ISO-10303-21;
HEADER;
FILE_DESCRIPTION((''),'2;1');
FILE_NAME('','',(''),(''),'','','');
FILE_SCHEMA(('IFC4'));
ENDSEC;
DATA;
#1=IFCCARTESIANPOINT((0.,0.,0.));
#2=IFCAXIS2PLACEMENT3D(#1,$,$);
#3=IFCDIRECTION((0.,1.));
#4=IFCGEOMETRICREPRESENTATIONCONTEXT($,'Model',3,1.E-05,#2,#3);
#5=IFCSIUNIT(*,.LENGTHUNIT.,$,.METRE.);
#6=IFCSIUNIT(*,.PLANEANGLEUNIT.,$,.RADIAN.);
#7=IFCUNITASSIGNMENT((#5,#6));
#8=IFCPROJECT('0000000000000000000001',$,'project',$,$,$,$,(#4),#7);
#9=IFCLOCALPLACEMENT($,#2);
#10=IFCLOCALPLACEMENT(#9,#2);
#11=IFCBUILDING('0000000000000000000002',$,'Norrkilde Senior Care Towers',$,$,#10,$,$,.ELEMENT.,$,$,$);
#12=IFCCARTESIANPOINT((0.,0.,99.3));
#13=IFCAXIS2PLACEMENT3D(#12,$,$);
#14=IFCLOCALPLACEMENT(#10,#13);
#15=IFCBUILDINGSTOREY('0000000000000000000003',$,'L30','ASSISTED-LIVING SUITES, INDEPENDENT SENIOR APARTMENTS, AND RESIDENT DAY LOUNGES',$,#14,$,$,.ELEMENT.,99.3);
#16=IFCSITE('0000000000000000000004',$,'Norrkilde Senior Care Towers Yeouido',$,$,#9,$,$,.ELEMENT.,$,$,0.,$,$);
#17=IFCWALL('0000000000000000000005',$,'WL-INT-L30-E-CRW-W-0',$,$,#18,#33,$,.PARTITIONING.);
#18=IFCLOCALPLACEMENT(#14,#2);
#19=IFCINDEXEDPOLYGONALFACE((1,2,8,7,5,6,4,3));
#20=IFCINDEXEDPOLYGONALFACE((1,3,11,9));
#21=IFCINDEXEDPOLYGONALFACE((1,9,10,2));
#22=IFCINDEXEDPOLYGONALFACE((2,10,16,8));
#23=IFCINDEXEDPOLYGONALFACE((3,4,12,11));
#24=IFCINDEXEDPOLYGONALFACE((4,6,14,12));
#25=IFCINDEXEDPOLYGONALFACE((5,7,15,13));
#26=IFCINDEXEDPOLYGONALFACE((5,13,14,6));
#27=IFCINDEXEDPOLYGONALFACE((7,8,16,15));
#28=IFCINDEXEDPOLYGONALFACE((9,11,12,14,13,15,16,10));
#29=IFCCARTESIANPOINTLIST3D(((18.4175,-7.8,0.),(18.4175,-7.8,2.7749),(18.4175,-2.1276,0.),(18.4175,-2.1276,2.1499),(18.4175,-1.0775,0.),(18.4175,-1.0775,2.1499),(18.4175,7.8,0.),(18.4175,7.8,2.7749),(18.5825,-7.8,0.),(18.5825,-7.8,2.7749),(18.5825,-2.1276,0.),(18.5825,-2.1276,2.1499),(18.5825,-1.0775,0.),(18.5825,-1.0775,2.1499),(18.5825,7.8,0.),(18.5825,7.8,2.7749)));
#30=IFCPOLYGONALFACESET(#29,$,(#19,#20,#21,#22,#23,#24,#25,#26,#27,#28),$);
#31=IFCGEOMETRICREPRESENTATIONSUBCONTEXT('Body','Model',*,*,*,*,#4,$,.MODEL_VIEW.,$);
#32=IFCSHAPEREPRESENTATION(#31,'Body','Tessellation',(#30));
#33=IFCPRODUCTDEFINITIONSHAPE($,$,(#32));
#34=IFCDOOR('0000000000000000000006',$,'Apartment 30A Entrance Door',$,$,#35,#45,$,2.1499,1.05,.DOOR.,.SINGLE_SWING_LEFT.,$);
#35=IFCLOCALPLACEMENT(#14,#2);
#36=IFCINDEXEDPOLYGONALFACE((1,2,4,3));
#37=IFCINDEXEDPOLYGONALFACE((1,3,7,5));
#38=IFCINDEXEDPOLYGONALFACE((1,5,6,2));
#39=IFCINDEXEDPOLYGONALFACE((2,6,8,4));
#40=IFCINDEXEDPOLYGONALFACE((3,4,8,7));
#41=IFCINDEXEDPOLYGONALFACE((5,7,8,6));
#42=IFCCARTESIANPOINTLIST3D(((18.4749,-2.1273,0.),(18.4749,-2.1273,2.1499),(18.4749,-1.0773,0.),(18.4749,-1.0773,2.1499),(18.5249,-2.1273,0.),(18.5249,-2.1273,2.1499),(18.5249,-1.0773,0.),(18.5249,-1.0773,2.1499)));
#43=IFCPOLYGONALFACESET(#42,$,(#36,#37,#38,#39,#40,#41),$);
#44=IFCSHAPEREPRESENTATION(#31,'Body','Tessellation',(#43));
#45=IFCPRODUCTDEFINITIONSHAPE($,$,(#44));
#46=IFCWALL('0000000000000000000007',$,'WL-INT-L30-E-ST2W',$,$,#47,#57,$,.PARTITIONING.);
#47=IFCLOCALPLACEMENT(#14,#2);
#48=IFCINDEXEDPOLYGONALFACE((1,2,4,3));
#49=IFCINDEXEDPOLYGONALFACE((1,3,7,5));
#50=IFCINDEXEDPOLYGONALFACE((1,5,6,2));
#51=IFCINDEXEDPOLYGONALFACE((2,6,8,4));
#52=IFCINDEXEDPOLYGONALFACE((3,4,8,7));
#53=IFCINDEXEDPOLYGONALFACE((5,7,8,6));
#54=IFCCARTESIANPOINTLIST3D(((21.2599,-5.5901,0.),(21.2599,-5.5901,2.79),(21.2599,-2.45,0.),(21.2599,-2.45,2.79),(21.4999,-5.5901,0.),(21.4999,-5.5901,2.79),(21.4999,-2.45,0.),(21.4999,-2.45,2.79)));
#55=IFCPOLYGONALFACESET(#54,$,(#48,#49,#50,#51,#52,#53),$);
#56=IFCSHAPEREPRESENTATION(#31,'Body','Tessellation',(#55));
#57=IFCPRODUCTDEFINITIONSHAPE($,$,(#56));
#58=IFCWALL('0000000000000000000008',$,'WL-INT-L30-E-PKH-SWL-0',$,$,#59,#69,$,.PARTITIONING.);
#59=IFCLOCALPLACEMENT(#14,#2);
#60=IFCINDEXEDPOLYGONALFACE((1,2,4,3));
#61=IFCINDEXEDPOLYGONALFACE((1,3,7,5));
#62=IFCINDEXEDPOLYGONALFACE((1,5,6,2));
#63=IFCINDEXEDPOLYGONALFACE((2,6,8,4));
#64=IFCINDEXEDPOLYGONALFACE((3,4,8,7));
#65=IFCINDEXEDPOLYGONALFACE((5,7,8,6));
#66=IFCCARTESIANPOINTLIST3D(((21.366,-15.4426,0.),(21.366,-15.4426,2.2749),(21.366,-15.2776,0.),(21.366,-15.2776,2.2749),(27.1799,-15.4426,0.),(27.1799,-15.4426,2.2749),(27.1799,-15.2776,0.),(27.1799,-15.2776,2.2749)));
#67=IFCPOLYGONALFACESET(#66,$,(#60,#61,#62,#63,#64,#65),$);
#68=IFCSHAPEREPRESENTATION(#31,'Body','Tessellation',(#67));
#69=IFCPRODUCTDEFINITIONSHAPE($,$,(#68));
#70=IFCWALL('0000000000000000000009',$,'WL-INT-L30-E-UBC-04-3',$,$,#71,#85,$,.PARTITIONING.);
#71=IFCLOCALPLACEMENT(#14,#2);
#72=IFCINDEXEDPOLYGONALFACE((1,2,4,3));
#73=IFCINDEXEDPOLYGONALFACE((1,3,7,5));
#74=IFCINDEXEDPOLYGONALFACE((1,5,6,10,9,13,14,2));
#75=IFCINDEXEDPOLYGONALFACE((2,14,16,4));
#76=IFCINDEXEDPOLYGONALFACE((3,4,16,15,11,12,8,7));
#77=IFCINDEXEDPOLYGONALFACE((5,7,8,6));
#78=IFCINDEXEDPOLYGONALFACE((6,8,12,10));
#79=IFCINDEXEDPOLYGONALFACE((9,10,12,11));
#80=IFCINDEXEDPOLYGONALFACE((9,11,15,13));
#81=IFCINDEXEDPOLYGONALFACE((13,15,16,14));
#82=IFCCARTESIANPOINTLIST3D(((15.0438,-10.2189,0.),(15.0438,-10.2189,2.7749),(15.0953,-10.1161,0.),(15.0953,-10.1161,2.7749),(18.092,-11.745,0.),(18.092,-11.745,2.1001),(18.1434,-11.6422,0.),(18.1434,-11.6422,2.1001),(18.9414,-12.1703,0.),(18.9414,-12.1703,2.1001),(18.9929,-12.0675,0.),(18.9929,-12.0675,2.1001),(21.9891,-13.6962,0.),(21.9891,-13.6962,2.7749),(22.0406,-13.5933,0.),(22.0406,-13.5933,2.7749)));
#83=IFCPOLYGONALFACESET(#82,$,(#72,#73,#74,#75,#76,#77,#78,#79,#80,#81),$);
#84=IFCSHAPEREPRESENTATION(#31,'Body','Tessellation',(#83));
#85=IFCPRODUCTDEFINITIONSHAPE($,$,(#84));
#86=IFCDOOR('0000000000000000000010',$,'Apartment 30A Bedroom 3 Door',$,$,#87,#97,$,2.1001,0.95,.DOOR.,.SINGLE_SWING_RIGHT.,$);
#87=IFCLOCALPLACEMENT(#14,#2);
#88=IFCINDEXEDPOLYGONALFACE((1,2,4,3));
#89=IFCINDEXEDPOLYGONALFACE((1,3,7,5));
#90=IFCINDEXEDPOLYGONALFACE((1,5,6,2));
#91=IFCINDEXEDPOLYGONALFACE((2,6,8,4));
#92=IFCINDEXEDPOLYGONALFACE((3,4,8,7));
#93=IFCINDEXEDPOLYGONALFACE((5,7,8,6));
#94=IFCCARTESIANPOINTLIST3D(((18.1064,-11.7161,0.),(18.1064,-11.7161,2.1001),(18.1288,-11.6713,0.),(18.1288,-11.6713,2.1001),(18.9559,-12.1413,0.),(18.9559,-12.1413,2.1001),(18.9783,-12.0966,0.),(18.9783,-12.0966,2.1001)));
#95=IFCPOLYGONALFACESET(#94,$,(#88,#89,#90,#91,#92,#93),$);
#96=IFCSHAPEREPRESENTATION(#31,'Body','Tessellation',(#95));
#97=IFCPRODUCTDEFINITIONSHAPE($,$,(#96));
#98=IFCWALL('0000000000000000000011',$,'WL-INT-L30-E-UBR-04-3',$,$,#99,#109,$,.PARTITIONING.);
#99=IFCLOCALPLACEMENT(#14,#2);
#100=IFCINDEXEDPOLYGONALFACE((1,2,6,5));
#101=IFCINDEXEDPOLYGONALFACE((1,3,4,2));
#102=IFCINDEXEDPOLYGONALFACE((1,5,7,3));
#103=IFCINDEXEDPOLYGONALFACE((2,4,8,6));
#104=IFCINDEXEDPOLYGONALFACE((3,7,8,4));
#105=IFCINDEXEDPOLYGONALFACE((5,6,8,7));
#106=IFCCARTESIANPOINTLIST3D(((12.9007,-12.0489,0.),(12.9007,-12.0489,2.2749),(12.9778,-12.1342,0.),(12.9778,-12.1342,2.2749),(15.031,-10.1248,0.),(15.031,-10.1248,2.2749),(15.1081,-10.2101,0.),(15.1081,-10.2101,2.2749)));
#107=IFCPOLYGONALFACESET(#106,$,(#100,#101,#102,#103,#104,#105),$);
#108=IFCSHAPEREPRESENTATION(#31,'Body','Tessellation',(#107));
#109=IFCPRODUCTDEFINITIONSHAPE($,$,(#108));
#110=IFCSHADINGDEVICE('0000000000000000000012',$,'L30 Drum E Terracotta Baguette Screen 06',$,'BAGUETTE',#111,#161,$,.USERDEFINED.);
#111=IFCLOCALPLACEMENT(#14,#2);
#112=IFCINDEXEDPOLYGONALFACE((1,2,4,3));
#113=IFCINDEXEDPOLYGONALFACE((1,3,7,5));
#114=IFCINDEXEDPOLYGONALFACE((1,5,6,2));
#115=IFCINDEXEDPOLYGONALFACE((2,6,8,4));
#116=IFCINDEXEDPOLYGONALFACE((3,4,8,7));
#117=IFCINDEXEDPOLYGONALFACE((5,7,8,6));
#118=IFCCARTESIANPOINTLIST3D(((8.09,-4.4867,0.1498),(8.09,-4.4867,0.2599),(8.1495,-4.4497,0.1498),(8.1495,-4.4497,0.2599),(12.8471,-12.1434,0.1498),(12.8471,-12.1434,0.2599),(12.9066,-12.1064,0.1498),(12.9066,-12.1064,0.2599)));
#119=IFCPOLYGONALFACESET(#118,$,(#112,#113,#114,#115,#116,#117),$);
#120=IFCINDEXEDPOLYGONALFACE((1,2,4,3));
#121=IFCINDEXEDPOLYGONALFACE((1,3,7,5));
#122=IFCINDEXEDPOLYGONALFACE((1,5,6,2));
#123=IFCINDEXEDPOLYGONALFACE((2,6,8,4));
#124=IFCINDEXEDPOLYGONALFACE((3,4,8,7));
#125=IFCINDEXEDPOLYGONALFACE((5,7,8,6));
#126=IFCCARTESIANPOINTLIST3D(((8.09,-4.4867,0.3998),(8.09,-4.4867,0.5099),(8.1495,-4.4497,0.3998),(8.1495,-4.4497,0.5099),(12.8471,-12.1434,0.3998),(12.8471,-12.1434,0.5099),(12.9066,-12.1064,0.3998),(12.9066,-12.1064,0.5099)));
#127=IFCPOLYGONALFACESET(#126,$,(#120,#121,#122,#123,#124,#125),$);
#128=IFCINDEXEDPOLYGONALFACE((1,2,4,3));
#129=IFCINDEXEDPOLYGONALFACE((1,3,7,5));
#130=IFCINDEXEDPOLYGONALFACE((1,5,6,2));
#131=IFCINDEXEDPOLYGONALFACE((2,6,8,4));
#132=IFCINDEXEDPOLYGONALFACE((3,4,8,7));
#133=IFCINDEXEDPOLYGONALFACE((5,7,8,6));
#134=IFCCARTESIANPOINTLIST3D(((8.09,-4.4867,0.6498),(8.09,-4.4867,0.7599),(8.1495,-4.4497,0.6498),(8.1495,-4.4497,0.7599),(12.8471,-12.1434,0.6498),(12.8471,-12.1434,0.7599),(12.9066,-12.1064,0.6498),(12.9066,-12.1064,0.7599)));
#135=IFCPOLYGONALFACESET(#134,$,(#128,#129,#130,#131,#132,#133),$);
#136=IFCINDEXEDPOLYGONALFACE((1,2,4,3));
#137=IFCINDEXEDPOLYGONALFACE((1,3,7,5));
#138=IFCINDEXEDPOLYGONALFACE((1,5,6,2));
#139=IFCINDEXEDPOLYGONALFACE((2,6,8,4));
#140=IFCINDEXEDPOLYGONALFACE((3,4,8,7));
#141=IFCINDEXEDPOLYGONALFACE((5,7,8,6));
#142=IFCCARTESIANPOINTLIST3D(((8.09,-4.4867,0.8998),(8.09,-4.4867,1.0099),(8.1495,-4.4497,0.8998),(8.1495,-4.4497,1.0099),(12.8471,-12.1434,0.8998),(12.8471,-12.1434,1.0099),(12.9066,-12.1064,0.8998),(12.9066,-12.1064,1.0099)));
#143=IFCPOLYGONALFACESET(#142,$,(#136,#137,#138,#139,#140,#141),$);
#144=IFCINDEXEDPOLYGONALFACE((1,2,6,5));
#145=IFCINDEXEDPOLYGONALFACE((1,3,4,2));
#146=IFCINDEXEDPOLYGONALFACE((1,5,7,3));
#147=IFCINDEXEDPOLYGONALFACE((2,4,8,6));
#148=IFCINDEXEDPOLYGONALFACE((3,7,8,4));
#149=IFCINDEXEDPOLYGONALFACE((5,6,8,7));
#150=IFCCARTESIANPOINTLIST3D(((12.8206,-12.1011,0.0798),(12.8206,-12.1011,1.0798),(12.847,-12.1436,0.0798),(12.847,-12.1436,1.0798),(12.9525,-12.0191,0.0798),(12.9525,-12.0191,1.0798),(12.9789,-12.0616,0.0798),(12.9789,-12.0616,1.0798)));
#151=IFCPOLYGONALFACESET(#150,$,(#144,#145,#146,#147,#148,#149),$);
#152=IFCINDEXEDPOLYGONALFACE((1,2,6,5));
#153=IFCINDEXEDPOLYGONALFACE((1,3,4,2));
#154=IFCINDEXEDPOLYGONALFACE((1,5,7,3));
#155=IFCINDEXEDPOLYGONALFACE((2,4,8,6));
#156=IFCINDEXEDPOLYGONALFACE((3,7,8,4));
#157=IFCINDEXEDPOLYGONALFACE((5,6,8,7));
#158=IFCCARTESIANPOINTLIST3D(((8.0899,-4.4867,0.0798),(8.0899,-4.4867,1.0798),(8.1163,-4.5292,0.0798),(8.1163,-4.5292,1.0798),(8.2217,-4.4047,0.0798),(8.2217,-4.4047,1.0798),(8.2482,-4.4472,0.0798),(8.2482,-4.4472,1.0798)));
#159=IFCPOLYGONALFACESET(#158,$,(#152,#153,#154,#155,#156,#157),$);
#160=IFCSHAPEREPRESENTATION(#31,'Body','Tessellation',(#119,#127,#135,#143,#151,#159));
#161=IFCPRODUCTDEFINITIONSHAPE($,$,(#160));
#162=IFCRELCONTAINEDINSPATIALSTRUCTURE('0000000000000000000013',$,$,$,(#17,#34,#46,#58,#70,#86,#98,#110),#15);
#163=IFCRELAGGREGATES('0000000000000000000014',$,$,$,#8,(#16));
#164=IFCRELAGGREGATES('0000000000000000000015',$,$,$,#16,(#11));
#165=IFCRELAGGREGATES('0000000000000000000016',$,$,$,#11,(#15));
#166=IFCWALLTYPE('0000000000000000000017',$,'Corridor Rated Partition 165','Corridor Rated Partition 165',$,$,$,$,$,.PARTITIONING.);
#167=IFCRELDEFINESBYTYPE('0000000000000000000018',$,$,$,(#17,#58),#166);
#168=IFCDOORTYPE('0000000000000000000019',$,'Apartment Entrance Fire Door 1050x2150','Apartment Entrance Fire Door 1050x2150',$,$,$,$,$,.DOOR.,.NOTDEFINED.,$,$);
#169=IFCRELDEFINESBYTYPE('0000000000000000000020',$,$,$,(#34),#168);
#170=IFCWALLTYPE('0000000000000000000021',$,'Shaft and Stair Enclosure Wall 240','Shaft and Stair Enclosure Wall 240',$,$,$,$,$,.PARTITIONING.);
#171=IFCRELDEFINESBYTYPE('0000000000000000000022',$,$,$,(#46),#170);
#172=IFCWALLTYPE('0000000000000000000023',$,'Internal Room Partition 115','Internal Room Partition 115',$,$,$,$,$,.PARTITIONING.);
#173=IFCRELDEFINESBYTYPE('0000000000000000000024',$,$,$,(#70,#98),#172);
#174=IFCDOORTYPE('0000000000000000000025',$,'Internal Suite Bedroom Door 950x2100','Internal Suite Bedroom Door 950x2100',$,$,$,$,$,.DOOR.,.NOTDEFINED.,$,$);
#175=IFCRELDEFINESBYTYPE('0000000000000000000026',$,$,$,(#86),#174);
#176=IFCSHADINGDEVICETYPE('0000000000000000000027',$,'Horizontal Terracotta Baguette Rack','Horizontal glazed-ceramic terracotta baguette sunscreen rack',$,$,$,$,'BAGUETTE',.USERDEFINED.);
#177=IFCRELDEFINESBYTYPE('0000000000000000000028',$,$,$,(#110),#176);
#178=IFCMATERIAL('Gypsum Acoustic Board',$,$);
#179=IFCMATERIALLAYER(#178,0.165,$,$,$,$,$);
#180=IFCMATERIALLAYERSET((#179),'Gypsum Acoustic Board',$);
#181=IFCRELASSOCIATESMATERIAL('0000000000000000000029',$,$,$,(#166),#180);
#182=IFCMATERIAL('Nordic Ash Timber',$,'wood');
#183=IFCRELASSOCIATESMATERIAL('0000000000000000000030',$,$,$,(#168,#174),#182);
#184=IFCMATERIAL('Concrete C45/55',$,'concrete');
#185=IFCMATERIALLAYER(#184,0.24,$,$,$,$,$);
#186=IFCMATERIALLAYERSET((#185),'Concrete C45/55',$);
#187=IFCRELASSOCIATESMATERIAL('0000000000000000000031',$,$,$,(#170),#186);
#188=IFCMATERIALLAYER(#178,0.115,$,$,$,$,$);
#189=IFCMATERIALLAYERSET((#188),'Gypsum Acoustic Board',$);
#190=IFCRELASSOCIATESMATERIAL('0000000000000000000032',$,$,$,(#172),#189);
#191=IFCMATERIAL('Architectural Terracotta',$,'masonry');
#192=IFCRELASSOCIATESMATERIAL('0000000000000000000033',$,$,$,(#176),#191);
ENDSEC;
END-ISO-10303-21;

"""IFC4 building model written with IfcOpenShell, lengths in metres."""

from ifc_helpers import new_model, si_unit, direction, frame, frame_2d, origin, origin_2d, place, context, subcontext, project, spatial, rectangle, extrude, source, transform, mapped, material, layer, layer_set, type_object, type_shapes, element, fill, save


model = new_model("IFC4")

# Units and contexts
model_context = context("Model", 3, precision=1e-05, world=origin(), true_north=direction((0.0, 1.0)))
body_context = subcontext(model_context, "Body", "Model", "MODEL_VIEW")
ifc_project = project(units=[si_unit("LENGTHUNIT", "METRE"), si_unit("PLANEANGLEUNIT", "RADIAN")], contexts=[model_context])

# Site, building, storey
site_placement = place(None, origin())
site = spatial("IfcSite", under=ifc_project, at=site_placement, Name="Norrkilde Senior Care Towers Yeouido", CompositionType="ELEMENT", RefElevation=0.0)
building_placement = place(site_placement, origin())
building = spatial("IfcBuilding", under=site, at=building_placement, Name="Norrkilde Senior Care Towers", CompositionType="ELEMENT")
storey_placement = place(building_placement, frame((0.0, 0.0, 99.3)))
storey = spatial("IfcBuildingStorey", under=building, at=storey_placement, Name="L30", Description="ASSISTED-LIVING SUITES, INDEPENDENT SENIOR APARTMENTS, AND RESIDENT DAY LOUNGES", CompositionType="ELEMENT", Elevation=99.3)

# Shared definitions
ifc_material_1 = material(Name="Concrete C45/55", Category="concrete")

# Wall, opening, door
ifc_material_2 = material(Name="Gypsum Acoustic Board")
ifc_layer_1 = layer(ifc_material_2, 0.165)
ifc_layer_set_1 = layer_set([ifc_layer_1], Name="Gypsum Acoustic Board")
wall_type_1 = type_object("IfcWallType", Name="Corridor Rated Partition 165", Description="Corridor Rated Partition 165", PredefinedType="PARTITIONING", material=ifc_layer_set_1)
shared_shape_1 = source(origin(), body_context, "Body", "SweptSolid", [
    extrude(rectangle(XDim=15.6001, YDim=0.165, at=frame_2d((7.8, 0.0))), origin(), (0.0, 0.0, 1.0), 2.7749),
])
wall_1_placement = place(storey_placement, frame((18.5, -7.8, 0.0), z_axis=(0.0, 0.0, 1.0), x_axis=(0.0, 1.0, 0.0)))
wall_1 = element("IfcWall", 1, at=wall_1_placement, inside=storey, type_object=wall_type_1, Name="WL-INT-L30-E-CRW-W-0", PredefinedType="PARTITIONING", context=body_context, shape_type="MappedRepresentation", body=[
    mapped(shared_shape_1, transform((0.0, 0.0, 0.0), x_axis=(1.0, 0.0, 0.0), y_axis=(0.0, 1.0, 0.0), z_axis=(0.0, 0.0, 1.0), scale=1.0)),
])
opening_1_placement = place(wall_1_placement, frame((5.6726, 0.0, 0.0)))
opening_1 = element("IfcOpeningElement", 2, at=opening_1_placement, cuts=wall_1, PredefinedType="OPENING", context=body_context, shape_type="SweptSolid", body=[
    extrude(rectangle(XDim=1.05, YDim=2.1499, at=frame_2d((0.5249, 1.075))), frame((0.0, 0.0925, 0.0), z_axis=(0.0, -1.0, 0.0), x_axis=(1.0, 0.0, 0.0)), (0.0, 0.0, 1.0), 0.1851),
])
ifc_material_3 = material(Name="Nordic Ash Timber", Category="wood")
door_type_1 = type_object("IfcDoorType", Name="Apartment Entrance Fire Door 1050x2150", Description="Apartment Entrance Fire Door 1050x2150", OperationType="NOTDEFINED", PredefinedType="DOOR", material=ifc_material_3)
shared_shape_2 = source(origin(), body_context, "Body", "SweptSolid", [
    extrude(rectangle(XDim=1.05, YDim=2.1499, at=frame_2d((0.5249, 1.075))), frame((0.0, 0.0249, 0.0), z_axis=(0.0, -1.0, 0.0), x_axis=(1.0, 0.0, 0.0)), (0.0, 0.0, 1.0), 0.05),
])
type_shapes(door_type_1, [shared_shape_2])
door_1_placement = place(opening_1_placement, frame((1.05, 0.0, 0.0), z_axis=(0.0, 0.0, 1.0), x_axis=(-1.0, 0.0, 0.0)))
door_1 = element("IfcDoor", 3, at=door_1_placement, inside=storey, type_object=door_type_1, Name="Apartment 30A Entrance Door", OperationType="SINGLE_SWING_LEFT", OverallHeight=2.1499, OverallWidth=1.05, PredefinedType="DOOR", context=body_context, shape_type="MappedRepresentation", body=[
    mapped(shared_shape_2, transform((0.0, 0.0, 0.0), x_axis=(1.0, 0.0, 0.0), y_axis=(0.0, 1.0, 0.0), z_axis=(0.0, 0.0, 1.0), scale=1.0)),
])
fill(opening_1, door_1)
ifc_layer_2 = layer(ifc_material_1, 0.24)
ifc_layer_set_2 = layer_set([ifc_layer_2], Name="Concrete C45/55")
wall_type_2 = type_object("IfcWallType", Name="Shaft and Stair Enclosure Wall 240", Description="Shaft and Stair Enclosure Wall 240", PredefinedType="PARTITIONING", material=ifc_layer_set_2)

# Walls
shared_shape_3 = source(origin(), body_context, "Body", "SweptSolid", [
    extrude(rectangle(XDim=3.1401, YDim=0.24, at=frame_2d((1.5701, 0.0))), origin(), (0.0, 0.0, 1.0), 2.79),
])
wall_2_placement = place(storey_placement, frame((21.3799, -5.5901, 0.0), z_axis=(0.0, 0.0, 1.0), x_axis=(0.0, 1.0, 0.0)))
element("IfcWall", 4, at=wall_2_placement, inside=storey, type_object=wall_type_2, Name="WL-INT-L30-E-ST2W", PredefinedType="PARTITIONING", context=body_context, shape_type="MappedRepresentation", body=[
    mapped(shared_shape_3, transform((0.0, 0.0, 0.0), x_axis=(1.0, 0.0, 0.0), y_axis=(0.0, 1.0, 0.0), z_axis=(0.0, 0.0, 1.0), scale=1.0)),
])
shared_shape_4 = source(origin(), body_context, "Body", "SweptSolid", [
    extrude(rectangle(XDim=5.814, YDim=0.165, at=frame_2d((2.907, 0.0))), origin(), (0.0, 0.0, 1.0), 2.2749),
])
type_shapes(wall_type_1, [shared_shape_1, shared_shape_4])
wall_3_placement = place(storey_placement, frame((21.366, -15.3601, 0.0), z_axis=(0.0, 0.0, 1.0), x_axis=(1.0, 0.0, 0.0)))
element("IfcWall", 5, at=wall_3_placement, inside=storey, type_object=wall_type_1, Name="WL-INT-L30-E-PKH-SWL-0", PredefinedType="PARTITIONING", context=body_context, shape_type="MappedRepresentation", body=[
    mapped(shared_shape_4, transform((0.0, 0.0, 0.0), x_axis=(1.0, 0.0, 0.0), y_axis=(0.0, 1.0, 0.0), z_axis=(0.0, 0.0, 1.0), scale=1.0)),
])

# Wall, opening, door
ifc_layer_3 = layer(ifc_material_2, 0.115)
ifc_layer_set_3 = layer_set([ifc_layer_3], Name="Gypsum Acoustic Board")
wall_type_3 = type_object("IfcWallType", Name="Internal Room Partition 115", Description="Internal Room Partition 115", PredefinedType="PARTITIONING", material=ifc_layer_set_3)
shared_shape_5 = source(origin(), body_context, "Body", "SweptSolid", [
    extrude(rectangle(XDim=7.7671, YDim=0.115, at=frame_2d((3.8835, 0.0))), origin(), (0.0, 0.0, 1.0), 2.7749),
])
wall_4_placement = place(storey_placement, frame((15.0696, -10.1675, 0.0), z_axis=(0.0, 0.0, 1.0), x_axis=(0.894188, -0.447691, 0.0)))
wall_4 = element("IfcWall", 6, at=wall_4_placement, inside=storey, type_object=wall_type_3, Name="WL-INT-L30-E-UBC-04-3", PredefinedType="PARTITIONING", context=body_context, shape_type="MappedRepresentation", body=[
    mapped(shared_shape_5, transform((0.0, 0.0, 0.0), x_axis=(1.0, 0.0, 0.0), y_axis=(0.0, 1.0, 0.0), z_axis=(0.0, 0.0, 1.0), scale=1.0)),
])
opening_2_placement = place(wall_4_placement, frame((3.4087, 0.0, 0.0)))
opening_2 = element("IfcOpeningElement", 7, at=opening_2_placement, cuts=wall_4, PredefinedType="OPENING", context=body_context, shape_type="SweptSolid", body=[
    extrude(rectangle(XDim=0.95, YDim=2.1001, at=frame_2d((0.4751, 1.05))), frame((0.0, 0.0674, 0.0), z_axis=(0.0, -1.0, 0.0), x_axis=(1.0, 0.0, 0.0)), (0.0, 0.0, 1.0), 0.135),
])
door_type_2 = type_object("IfcDoorType", Name="Internal Suite Bedroom Door 950x2100", Description="Internal Suite Bedroom Door 950x2100", OperationType="NOTDEFINED", PredefinedType="DOOR", material=ifc_material_3)
shared_shape_6 = source(origin(), body_context, "Body", "SweptSolid", [
    extrude(rectangle(XDim=0.95, YDim=2.1001, at=frame_2d((0.4751, 1.05))), frame((0.0, 0.0249, 0.0), z_axis=(0.0, -1.0, 0.0), x_axis=(1.0, 0.0, 0.0)), (0.0, 0.0, 1.0), 0.05),
])
type_shapes(door_type_2, [shared_shape_6])
door_2_placement = place(opening_2_placement, origin())
door_2 = element("IfcDoor", 8, at=door_2_placement, inside=storey, type_object=door_type_2, Name="Apartment 30A Bedroom 3 Door", OperationType="SINGLE_SWING_RIGHT", OverallHeight=2.1001, OverallWidth=0.95, PredefinedType="DOOR", context=body_context, shape_type="MappedRepresentation", body=[
    mapped(shared_shape_6, transform((0.0, 0.0, 0.0), x_axis=(1.0, 0.0, 0.0), y_axis=(0.0, 1.0, 0.0), z_axis=(0.0, 0.0, 1.0), scale=1.0)),
])
fill(opening_2, door_2)

# Wall
shared_shape_7 = source(origin(), body_context, "Body", "SweptSolid", [
    extrude(rectangle(XDim=2.8706, YDim=0.115, at=frame_2d((1.4353, 0.0))), origin(), (0.0, 0.0, 1.0), 2.2749),
])
type_shapes(wall_type_3, [shared_shape_5, shared_shape_7])
wall_5_placement = place(storey_placement, frame((15.0696, -10.1675, 0.0), z_axis=(0.0, 0.0, 1.0), x_axis=(-0.742126, -0.670261, 0.0)))
element("IfcWall", 9, at=wall_5_placement, inside=storey, type_object=wall_type_3, Name="WL-INT-L30-E-UBR-04-3", PredefinedType="PARTITIONING", context=body_context, shape_type="MappedRepresentation", body=[
    mapped(shared_shape_7, transform((0.0, 0.0, 0.0), x_axis=(1.0, 0.0, 0.0), y_axis=(0.0, 1.0, 0.0), z_axis=(0.0, 0.0, 1.0), scale=1.0)),
])

# Shading device
ifc_material_4 = material(Name="Architectural Terracotta", Category="masonry")
shading_device_type = type_object("IfcShadingDeviceType", Name="Horizontal Terracotta Baguette Rack", Description="Horizontal glazed-ceramic terracotta baguette sunscreen rack", ElementType="BAGUETTE", PredefinedType="USERDEFINED", material=ifc_material_4)
shared_shape_8 = source(origin(), body_context, "Body", "SweptSolid", [
    extrude(rectangle(XDim=0.0701, YDim=0.1101, at=origin_2d()), frame((0.0, 0.0901, 0.125), z_axis=(1.0, 0.0, 0.0), x_axis=(0.0, 1.0, 0.0)), (0.0, 0.0, 1.0), 9.0142),
    extrude(rectangle(XDim=0.0701, YDim=0.1101, at=origin_2d()), frame((0.0, 0.0901, 0.375), z_axis=(1.0, 0.0, 0.0), x_axis=(0.0, 1.0, 0.0)), (0.0, 0.0, 1.0), 9.0142),
    extrude(rectangle(XDim=0.0701, YDim=0.1101, at=origin_2d()), frame((0.0, 0.0901, 0.625), z_axis=(1.0, 0.0, 0.0), x_axis=(0.0, 1.0, 0.0)), (0.0, 0.0, 1.0), 9.0142),
    extrude(rectangle(XDim=0.0701, YDim=0.1101, at=origin_2d()), frame((0.0, 0.0901, 0.875), z_axis=(1.0, 0.0, 0.0), x_axis=(0.0, 1.0, 0.0)), (0.0, 0.0, 1.0), 9.0142),
    extrude(rectangle(XDim=0.05, YDim=0.1553, at=origin_2d()), frame((0.0249, 0.0476, 0.0)), (0.0, 0.0, 1.0), 1.0),
    extrude(rectangle(XDim=0.05, YDim=0.1553, at=origin_2d()), frame((8.9893, 0.0476, 0.0)), (0.0, 0.0, 1.0), 1.0),
])
type_shapes(shading_device_type, [shared_shape_8])
shading_device_placement = place(storey_placement, frame((12.9534, -12.0774, 0.0798), z_axis=(0.0, 0.0, 1.0), x_axis=(-0.527734, 0.849412, 0.0)))
element("IfcShadingDevice", 10, at=shading_device_placement, inside=storey, type_object=shading_device_type, Name="L30 Drum E Terracotta Baguette Screen 06", ObjectType="BAGUETTE", PredefinedType="USERDEFINED", context=body_context, shape_type="MappedRepresentation", body=[
    mapped(shared_shape_8, transform((0.0, 0.0, 0.0), x_axis=(1.0, 0.0, 0.0), y_axis=(0.0, 1.0, 0.0), z_axis=(0.0, 0.0, 1.0), scale=1.0)),
])

save(model, "model.ifc")
